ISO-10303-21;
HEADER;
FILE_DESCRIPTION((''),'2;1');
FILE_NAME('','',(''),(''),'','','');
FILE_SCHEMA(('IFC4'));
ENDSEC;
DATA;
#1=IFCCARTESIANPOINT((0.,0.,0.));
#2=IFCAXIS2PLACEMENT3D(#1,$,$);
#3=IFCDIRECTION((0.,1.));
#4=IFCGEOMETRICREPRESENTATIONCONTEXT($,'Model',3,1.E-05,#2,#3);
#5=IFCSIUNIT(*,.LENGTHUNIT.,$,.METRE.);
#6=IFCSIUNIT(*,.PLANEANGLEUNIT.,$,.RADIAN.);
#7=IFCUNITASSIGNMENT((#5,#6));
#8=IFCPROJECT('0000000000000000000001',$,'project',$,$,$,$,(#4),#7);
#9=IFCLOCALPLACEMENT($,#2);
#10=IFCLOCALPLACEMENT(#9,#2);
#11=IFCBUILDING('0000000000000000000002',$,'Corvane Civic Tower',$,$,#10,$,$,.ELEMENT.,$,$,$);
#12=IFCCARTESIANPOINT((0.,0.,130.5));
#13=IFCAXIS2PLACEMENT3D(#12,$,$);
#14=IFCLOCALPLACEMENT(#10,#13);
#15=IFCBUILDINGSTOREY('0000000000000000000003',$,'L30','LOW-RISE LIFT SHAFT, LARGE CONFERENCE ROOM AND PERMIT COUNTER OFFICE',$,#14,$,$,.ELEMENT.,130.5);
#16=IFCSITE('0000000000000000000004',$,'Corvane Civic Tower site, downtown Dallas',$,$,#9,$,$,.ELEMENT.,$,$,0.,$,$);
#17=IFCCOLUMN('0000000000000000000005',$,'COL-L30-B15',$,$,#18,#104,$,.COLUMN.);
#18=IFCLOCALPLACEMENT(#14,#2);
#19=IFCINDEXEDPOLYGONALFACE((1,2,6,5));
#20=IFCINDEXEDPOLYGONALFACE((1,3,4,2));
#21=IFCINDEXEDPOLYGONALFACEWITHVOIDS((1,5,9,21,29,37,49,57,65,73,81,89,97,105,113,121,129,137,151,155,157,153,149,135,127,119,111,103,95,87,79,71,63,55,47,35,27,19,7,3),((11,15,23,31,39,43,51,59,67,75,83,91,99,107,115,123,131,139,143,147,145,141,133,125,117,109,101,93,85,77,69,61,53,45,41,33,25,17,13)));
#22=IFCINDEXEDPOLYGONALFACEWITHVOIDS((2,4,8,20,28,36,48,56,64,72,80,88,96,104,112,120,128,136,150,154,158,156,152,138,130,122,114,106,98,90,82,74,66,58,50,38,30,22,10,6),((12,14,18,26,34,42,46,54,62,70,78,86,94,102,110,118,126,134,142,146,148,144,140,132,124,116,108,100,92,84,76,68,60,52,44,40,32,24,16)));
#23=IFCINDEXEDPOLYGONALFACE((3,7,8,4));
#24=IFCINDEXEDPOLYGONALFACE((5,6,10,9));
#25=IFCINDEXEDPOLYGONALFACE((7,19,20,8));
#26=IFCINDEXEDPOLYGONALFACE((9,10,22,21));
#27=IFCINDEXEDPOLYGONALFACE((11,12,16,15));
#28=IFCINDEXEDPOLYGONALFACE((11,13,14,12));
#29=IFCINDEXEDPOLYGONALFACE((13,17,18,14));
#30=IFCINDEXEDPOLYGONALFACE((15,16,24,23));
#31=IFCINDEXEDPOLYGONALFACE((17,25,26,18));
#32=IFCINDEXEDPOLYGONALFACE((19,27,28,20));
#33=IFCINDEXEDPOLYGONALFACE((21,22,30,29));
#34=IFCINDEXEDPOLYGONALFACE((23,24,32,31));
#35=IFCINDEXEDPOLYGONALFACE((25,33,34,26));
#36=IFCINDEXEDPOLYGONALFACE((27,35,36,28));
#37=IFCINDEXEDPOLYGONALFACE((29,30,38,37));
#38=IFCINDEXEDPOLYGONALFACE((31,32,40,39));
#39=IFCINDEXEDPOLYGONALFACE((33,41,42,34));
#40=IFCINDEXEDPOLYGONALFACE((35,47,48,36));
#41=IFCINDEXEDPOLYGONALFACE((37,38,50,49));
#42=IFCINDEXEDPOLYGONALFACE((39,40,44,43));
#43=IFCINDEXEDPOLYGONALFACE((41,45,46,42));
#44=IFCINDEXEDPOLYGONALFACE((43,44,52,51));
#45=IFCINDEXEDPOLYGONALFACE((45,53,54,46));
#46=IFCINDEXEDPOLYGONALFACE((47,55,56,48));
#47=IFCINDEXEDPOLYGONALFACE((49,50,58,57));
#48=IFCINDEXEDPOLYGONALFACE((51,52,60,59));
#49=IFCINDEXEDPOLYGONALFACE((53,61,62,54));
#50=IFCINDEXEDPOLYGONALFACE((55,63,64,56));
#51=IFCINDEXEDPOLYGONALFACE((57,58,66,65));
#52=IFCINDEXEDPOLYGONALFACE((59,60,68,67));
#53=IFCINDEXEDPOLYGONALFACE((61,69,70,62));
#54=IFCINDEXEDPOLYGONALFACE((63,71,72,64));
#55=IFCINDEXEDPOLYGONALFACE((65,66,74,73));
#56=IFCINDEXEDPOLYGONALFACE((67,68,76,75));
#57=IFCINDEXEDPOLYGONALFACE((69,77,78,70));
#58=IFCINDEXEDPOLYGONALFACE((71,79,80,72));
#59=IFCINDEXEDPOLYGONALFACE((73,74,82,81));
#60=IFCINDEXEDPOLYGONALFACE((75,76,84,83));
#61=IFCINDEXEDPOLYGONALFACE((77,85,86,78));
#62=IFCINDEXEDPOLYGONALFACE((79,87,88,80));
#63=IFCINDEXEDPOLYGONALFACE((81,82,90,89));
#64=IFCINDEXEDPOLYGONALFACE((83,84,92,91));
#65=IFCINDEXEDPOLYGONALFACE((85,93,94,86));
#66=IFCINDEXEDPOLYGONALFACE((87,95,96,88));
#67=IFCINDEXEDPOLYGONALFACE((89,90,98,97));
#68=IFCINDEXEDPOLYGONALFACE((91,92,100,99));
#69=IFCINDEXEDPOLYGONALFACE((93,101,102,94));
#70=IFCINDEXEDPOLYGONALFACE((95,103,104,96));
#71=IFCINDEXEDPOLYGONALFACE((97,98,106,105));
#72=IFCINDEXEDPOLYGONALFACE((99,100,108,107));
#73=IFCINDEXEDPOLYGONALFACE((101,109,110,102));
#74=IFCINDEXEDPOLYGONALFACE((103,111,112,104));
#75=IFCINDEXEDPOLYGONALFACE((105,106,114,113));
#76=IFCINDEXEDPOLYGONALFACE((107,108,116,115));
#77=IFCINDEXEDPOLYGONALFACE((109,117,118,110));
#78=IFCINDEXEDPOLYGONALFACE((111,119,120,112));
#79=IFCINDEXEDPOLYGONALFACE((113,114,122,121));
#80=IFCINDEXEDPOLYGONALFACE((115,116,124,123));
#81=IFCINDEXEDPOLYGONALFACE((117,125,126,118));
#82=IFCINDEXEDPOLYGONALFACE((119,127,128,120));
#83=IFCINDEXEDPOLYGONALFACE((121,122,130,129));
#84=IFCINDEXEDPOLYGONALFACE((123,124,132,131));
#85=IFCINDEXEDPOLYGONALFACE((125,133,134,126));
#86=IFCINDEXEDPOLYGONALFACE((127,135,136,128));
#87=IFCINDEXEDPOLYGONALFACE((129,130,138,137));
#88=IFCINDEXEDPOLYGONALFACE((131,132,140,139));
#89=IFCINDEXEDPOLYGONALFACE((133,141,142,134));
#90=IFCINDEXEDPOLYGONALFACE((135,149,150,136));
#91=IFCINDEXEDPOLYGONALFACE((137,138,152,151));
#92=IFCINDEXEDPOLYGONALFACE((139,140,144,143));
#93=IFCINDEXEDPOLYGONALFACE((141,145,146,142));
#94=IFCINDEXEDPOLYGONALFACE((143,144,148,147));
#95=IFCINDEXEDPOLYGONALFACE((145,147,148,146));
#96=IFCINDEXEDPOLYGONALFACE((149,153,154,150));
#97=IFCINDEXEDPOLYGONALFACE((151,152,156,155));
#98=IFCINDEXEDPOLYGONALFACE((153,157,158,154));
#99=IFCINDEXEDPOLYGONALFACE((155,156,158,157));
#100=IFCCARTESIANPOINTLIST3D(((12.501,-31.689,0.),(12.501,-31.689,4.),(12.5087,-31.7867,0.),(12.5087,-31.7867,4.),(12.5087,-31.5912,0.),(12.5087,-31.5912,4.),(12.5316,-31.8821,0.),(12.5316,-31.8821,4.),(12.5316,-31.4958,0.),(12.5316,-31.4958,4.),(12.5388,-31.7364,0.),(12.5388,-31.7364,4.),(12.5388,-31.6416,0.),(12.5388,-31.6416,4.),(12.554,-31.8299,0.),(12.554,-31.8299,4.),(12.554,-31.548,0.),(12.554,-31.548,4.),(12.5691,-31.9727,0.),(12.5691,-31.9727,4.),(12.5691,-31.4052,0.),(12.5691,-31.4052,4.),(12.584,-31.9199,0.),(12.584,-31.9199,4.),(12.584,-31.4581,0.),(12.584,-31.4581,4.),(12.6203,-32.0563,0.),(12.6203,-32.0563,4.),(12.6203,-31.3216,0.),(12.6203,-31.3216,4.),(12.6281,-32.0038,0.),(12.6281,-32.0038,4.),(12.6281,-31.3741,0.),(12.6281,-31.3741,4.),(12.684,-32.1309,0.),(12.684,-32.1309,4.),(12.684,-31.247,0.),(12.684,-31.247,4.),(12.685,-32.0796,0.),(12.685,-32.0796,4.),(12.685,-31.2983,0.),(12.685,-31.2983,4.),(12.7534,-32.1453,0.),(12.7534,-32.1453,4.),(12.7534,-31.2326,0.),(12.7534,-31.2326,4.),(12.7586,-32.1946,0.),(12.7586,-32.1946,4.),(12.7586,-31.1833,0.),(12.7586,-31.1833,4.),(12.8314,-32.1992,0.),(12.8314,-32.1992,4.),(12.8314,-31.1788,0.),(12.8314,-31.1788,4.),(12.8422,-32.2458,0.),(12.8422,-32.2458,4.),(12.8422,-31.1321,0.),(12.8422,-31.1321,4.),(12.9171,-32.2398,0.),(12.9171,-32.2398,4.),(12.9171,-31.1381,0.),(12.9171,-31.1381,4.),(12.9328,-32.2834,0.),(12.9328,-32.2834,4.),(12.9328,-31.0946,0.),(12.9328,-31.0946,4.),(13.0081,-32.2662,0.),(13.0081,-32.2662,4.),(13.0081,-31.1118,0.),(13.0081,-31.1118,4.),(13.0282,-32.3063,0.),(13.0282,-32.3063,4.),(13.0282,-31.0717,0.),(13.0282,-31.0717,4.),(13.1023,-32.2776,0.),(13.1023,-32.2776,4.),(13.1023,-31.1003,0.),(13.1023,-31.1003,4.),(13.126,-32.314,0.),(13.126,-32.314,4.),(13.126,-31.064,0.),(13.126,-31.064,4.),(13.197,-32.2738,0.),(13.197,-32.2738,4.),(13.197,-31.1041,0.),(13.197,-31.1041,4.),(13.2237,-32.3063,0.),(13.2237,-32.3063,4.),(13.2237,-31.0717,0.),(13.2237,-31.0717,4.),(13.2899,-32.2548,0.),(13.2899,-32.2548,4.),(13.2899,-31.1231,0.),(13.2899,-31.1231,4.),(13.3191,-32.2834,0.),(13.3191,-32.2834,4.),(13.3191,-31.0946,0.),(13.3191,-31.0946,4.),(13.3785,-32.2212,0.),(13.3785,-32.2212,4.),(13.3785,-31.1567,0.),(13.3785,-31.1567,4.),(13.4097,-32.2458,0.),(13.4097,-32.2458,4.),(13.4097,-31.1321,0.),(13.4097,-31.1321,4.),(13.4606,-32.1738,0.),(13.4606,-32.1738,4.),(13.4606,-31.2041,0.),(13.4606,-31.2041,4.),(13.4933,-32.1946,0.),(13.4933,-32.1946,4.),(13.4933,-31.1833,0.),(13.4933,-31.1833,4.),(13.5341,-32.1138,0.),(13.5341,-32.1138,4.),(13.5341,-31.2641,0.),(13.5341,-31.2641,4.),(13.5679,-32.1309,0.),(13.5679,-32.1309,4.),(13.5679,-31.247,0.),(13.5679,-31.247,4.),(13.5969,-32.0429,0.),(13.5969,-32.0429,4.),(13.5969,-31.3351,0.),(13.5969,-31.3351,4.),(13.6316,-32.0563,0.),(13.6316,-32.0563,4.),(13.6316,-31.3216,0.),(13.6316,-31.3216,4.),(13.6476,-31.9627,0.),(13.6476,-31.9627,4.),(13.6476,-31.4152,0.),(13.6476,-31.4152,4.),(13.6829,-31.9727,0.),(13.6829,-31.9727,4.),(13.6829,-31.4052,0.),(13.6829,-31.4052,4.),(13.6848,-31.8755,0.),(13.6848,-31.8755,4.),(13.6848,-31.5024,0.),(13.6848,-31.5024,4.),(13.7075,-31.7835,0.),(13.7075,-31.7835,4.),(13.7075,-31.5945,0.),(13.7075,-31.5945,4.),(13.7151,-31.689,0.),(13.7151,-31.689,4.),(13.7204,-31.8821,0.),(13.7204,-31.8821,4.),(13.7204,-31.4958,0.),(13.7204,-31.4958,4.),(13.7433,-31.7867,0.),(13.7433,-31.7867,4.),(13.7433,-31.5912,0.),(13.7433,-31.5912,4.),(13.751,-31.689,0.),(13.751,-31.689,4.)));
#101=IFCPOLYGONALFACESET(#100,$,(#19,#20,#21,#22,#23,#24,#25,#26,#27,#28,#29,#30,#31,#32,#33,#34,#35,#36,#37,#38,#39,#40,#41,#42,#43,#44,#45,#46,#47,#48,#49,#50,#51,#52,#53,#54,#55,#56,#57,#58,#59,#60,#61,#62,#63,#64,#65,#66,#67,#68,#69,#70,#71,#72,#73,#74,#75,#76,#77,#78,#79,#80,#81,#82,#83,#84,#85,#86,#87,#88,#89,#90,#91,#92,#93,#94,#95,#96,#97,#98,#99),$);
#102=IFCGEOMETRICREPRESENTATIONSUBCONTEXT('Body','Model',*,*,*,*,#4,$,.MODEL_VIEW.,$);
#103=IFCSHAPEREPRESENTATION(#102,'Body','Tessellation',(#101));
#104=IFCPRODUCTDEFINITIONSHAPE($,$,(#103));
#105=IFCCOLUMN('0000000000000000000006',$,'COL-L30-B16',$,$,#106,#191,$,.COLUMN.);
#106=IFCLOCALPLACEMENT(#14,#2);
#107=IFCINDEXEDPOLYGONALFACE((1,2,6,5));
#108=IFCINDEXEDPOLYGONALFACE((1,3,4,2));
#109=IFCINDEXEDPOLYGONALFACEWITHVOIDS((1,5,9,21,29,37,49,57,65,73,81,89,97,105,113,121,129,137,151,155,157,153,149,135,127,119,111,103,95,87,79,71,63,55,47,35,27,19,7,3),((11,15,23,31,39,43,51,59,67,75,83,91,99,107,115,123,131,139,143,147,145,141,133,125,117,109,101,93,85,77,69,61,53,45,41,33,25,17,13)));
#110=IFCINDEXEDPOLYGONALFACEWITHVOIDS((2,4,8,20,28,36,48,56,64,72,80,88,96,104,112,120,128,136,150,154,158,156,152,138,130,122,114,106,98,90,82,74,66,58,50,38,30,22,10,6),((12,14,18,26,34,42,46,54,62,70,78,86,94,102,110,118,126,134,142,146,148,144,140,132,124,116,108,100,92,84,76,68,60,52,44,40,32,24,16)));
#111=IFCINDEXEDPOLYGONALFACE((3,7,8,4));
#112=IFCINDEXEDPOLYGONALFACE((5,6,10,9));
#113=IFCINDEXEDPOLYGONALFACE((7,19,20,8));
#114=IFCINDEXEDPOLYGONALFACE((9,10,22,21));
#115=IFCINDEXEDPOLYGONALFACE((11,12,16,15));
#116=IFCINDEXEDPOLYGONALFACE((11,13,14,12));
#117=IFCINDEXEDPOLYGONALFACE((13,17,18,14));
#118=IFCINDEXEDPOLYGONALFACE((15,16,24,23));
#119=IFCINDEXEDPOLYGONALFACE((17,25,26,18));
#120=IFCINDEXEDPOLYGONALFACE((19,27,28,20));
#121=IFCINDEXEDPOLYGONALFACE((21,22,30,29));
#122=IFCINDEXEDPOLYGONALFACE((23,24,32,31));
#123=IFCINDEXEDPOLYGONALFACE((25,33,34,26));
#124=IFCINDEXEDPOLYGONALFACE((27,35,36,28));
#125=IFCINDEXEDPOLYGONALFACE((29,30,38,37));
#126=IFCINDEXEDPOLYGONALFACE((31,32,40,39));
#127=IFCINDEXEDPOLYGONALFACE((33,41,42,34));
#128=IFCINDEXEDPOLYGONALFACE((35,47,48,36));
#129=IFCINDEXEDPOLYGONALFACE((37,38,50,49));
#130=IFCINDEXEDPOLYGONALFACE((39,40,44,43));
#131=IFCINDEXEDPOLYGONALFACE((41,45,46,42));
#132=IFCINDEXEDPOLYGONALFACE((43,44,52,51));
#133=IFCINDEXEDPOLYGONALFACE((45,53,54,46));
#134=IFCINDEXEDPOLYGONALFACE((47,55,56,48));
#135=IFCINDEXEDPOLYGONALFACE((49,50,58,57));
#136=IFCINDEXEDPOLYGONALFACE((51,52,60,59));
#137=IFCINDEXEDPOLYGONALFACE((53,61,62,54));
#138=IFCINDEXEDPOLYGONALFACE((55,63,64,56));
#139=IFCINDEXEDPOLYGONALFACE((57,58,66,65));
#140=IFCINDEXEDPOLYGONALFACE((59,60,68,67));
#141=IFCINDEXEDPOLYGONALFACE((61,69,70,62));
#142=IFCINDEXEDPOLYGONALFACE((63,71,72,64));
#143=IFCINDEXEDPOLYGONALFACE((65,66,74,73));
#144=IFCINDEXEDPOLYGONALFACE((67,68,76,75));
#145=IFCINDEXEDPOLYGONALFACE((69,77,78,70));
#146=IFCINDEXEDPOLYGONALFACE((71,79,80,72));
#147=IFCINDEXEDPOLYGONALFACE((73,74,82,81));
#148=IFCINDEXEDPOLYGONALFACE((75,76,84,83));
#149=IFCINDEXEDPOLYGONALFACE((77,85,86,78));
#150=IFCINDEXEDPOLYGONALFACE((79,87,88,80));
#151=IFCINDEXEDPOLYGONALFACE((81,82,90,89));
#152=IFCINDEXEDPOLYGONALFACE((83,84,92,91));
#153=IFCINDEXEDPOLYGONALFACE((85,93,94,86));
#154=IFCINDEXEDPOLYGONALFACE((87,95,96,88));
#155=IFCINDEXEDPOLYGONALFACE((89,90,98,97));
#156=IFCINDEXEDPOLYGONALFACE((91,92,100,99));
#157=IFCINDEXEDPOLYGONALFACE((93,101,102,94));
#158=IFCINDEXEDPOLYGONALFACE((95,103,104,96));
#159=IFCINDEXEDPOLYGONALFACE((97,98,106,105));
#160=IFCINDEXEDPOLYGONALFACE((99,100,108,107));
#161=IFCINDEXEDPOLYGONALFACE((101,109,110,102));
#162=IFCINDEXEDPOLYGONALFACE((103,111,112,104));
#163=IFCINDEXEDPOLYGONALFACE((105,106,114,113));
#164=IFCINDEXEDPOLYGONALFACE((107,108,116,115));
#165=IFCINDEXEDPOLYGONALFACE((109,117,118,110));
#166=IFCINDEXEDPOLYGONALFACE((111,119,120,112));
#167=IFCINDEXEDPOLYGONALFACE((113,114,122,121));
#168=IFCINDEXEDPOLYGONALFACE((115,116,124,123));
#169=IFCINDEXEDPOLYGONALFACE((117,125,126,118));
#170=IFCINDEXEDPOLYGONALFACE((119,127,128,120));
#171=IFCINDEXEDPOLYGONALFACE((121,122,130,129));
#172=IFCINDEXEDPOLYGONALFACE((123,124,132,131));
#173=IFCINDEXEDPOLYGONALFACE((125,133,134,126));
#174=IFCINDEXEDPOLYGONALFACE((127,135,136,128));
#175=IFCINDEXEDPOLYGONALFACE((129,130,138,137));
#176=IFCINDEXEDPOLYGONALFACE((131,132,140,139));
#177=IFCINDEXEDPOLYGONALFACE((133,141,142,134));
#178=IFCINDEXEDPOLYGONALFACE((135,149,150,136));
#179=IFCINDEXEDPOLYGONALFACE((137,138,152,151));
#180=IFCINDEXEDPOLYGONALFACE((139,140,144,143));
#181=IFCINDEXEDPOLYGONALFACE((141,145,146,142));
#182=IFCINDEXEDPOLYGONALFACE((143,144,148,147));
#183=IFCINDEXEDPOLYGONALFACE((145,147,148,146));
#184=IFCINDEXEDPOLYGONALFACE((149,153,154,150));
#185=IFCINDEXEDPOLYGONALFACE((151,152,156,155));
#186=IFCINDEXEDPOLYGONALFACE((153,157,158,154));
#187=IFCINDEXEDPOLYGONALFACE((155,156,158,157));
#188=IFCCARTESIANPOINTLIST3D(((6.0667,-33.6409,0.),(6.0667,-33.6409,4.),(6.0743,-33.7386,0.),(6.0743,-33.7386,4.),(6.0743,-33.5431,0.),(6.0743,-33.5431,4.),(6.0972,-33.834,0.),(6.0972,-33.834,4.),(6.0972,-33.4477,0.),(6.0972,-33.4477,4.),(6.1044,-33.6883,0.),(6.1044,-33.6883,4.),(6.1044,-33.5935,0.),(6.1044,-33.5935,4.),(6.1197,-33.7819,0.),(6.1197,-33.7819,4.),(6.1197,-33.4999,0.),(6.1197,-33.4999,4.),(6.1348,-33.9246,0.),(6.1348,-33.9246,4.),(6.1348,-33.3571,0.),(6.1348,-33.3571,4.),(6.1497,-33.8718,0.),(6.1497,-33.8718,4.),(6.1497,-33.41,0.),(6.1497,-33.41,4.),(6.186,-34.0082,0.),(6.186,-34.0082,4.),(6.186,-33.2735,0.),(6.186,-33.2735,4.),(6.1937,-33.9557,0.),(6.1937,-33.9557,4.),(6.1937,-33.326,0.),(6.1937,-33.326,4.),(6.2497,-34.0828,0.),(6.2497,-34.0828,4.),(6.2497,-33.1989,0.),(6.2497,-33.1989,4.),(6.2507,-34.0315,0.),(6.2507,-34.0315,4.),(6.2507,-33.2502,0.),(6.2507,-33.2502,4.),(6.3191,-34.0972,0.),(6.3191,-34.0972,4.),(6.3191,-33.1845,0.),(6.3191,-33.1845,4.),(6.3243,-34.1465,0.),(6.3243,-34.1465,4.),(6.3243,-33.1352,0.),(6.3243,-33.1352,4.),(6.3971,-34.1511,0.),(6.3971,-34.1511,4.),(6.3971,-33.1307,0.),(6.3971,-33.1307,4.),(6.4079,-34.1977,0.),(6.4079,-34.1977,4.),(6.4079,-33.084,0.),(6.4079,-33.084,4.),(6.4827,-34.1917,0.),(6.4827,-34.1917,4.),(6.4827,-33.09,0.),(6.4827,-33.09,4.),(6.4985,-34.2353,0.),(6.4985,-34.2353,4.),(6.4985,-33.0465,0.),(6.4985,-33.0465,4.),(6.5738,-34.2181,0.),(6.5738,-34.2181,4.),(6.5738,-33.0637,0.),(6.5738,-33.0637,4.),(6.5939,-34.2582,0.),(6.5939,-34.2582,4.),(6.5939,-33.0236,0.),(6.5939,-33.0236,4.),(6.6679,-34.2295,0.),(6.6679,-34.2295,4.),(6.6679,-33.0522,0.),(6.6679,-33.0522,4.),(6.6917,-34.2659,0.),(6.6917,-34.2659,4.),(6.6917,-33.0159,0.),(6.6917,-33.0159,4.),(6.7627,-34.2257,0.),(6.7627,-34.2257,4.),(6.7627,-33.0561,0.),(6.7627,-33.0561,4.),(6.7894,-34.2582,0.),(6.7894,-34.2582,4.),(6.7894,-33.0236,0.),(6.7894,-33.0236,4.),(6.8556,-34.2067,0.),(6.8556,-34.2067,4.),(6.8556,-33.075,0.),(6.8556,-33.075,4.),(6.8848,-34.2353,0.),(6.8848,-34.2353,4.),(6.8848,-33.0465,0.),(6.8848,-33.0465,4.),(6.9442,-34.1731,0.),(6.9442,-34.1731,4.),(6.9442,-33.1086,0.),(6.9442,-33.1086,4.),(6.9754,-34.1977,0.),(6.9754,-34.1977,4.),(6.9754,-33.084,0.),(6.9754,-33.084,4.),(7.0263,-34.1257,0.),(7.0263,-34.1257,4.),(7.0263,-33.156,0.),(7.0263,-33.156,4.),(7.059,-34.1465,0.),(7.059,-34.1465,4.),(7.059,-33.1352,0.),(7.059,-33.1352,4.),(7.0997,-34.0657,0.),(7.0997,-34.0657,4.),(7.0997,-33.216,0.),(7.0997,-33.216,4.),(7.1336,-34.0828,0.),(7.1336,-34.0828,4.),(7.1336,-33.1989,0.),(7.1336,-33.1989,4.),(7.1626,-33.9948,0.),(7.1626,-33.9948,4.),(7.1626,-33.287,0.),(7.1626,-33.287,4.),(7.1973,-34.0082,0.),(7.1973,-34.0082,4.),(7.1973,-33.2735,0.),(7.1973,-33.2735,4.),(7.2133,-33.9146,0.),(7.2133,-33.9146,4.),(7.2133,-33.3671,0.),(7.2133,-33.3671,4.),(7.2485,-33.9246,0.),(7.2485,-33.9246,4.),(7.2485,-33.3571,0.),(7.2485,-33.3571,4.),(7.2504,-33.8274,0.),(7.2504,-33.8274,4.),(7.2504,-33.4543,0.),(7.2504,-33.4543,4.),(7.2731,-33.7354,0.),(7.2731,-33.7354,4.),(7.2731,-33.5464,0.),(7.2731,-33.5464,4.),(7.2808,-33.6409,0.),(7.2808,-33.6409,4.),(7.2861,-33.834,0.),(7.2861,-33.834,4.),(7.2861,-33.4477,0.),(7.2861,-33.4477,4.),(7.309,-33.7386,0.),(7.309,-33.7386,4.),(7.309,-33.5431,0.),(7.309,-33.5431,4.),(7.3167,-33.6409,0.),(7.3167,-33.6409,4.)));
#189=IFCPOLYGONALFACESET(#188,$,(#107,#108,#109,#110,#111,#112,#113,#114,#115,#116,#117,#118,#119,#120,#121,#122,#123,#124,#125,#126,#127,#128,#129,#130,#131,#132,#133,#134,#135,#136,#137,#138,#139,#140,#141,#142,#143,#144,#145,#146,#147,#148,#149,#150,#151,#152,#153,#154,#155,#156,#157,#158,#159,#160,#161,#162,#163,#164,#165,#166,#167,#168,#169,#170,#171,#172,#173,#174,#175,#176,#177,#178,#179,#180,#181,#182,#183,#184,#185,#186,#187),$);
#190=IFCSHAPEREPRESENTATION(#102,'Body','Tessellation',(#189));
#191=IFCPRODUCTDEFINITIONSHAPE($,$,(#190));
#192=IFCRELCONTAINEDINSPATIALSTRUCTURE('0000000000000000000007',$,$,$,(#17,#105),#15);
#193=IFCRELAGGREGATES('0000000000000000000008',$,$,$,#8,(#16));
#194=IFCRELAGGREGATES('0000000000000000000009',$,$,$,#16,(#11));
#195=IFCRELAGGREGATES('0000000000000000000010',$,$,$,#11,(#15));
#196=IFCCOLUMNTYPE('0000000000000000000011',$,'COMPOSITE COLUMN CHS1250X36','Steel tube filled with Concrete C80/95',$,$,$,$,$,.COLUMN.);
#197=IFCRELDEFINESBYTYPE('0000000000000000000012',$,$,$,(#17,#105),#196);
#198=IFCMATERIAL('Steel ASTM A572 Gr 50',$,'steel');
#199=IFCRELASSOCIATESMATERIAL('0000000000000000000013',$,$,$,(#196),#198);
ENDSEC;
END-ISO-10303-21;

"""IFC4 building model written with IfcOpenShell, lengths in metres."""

from ifc_helpers import new_model, si_unit, direction, frame, origin, origin_2d, place, context, subcontext, project, spatial, hollow_circle, extrude, material, material_profile, profile_set, type_object, element, save


model = new_model("IFC4")

# Units and contexts
model_context = context("Model", 3, precision=1e-05, world=origin(), true_north=direction((0.0, 1.0)))
body_context = subcontext(model_context, "Body", "Model", "MODEL_VIEW")
ifc_project = project(units=[si_unit("LENGTHUNIT", "METRE"), si_unit("PLANEANGLEUNIT", "RADIAN")], contexts=[model_context])

# Site, building, storey
site_placement = place(None, origin())
site = spatial("IfcSite", under=ifc_project, at=site_placement, Name="Corvane Civic Tower site, downtown Dallas", CompositionType="ELEMENT", RefElevation=0.0)
building_placement = place(site_placement, origin())
building = spatial("IfcBuilding", under=site, at=building_placement, Name="Corvane Civic Tower", CompositionType="ELEMENT")
storey_placement = place(building_placement, frame((0.0, 0.0, 130.5)))
storey = spatial("IfcBuildingStorey", under=building, at=storey_placement, Name="L30", Description="LOW-RISE LIFT SHAFT, LARGE CONFERENCE ROOM AND PERMIT COUNTER OFFICE", CompositionType="ELEMENT", Elevation=130.5)

# Columns
ifc_material_1 = material(Name="Steel ASTM A572 Gr 50", Category="steel")
ifc_material_profile_1 = material_profile(ifc_material_1, hollow_circle(Radius=0.625, WallThickness=0.0359, at=origin_2d()), Name="CHS1250X36")
ifc_profile_set_1 = profile_set([ifc_material_profile_1], Name="Steel ASTM A572 Gr 50")
column_type = type_object("IfcColumnType", Name="COMPOSITE COLUMN CHS1250X36", Description="Steel tube filled with Concrete C80/95", PredefinedType="COLUMN", material=ifc_profile_set_1)
for number, where, z_axis, x_axis, name in (
    (1, (13.126, -31.689, 0.0), (0.0, 0.0, 1.0), (1.0, 0.0, 0.0), "COL-L30-B15"),
    (2, (6.6917, -33.6409, 0.0), (0.0, 0.0, 1.0), (1.0, 0.0, 0.0), "COL-L30-B16"),
):
    element("IfcColumn", number, at=place(storey_placement, frame(where, z_axis=z_axis, x_axis=x_axis)), inside=storey, type_object=column_type, Name=name, PredefinedType="COLUMN", context=body_context, shape_type="SweptSolid", body=[
        extrude(hollow_circle(Radius=0.625, WallThickness=0.0359, at=origin_2d()), origin(), (0.0, 0.0, 1.0), 4.0),
    ])

save(model, "model.ifc")
